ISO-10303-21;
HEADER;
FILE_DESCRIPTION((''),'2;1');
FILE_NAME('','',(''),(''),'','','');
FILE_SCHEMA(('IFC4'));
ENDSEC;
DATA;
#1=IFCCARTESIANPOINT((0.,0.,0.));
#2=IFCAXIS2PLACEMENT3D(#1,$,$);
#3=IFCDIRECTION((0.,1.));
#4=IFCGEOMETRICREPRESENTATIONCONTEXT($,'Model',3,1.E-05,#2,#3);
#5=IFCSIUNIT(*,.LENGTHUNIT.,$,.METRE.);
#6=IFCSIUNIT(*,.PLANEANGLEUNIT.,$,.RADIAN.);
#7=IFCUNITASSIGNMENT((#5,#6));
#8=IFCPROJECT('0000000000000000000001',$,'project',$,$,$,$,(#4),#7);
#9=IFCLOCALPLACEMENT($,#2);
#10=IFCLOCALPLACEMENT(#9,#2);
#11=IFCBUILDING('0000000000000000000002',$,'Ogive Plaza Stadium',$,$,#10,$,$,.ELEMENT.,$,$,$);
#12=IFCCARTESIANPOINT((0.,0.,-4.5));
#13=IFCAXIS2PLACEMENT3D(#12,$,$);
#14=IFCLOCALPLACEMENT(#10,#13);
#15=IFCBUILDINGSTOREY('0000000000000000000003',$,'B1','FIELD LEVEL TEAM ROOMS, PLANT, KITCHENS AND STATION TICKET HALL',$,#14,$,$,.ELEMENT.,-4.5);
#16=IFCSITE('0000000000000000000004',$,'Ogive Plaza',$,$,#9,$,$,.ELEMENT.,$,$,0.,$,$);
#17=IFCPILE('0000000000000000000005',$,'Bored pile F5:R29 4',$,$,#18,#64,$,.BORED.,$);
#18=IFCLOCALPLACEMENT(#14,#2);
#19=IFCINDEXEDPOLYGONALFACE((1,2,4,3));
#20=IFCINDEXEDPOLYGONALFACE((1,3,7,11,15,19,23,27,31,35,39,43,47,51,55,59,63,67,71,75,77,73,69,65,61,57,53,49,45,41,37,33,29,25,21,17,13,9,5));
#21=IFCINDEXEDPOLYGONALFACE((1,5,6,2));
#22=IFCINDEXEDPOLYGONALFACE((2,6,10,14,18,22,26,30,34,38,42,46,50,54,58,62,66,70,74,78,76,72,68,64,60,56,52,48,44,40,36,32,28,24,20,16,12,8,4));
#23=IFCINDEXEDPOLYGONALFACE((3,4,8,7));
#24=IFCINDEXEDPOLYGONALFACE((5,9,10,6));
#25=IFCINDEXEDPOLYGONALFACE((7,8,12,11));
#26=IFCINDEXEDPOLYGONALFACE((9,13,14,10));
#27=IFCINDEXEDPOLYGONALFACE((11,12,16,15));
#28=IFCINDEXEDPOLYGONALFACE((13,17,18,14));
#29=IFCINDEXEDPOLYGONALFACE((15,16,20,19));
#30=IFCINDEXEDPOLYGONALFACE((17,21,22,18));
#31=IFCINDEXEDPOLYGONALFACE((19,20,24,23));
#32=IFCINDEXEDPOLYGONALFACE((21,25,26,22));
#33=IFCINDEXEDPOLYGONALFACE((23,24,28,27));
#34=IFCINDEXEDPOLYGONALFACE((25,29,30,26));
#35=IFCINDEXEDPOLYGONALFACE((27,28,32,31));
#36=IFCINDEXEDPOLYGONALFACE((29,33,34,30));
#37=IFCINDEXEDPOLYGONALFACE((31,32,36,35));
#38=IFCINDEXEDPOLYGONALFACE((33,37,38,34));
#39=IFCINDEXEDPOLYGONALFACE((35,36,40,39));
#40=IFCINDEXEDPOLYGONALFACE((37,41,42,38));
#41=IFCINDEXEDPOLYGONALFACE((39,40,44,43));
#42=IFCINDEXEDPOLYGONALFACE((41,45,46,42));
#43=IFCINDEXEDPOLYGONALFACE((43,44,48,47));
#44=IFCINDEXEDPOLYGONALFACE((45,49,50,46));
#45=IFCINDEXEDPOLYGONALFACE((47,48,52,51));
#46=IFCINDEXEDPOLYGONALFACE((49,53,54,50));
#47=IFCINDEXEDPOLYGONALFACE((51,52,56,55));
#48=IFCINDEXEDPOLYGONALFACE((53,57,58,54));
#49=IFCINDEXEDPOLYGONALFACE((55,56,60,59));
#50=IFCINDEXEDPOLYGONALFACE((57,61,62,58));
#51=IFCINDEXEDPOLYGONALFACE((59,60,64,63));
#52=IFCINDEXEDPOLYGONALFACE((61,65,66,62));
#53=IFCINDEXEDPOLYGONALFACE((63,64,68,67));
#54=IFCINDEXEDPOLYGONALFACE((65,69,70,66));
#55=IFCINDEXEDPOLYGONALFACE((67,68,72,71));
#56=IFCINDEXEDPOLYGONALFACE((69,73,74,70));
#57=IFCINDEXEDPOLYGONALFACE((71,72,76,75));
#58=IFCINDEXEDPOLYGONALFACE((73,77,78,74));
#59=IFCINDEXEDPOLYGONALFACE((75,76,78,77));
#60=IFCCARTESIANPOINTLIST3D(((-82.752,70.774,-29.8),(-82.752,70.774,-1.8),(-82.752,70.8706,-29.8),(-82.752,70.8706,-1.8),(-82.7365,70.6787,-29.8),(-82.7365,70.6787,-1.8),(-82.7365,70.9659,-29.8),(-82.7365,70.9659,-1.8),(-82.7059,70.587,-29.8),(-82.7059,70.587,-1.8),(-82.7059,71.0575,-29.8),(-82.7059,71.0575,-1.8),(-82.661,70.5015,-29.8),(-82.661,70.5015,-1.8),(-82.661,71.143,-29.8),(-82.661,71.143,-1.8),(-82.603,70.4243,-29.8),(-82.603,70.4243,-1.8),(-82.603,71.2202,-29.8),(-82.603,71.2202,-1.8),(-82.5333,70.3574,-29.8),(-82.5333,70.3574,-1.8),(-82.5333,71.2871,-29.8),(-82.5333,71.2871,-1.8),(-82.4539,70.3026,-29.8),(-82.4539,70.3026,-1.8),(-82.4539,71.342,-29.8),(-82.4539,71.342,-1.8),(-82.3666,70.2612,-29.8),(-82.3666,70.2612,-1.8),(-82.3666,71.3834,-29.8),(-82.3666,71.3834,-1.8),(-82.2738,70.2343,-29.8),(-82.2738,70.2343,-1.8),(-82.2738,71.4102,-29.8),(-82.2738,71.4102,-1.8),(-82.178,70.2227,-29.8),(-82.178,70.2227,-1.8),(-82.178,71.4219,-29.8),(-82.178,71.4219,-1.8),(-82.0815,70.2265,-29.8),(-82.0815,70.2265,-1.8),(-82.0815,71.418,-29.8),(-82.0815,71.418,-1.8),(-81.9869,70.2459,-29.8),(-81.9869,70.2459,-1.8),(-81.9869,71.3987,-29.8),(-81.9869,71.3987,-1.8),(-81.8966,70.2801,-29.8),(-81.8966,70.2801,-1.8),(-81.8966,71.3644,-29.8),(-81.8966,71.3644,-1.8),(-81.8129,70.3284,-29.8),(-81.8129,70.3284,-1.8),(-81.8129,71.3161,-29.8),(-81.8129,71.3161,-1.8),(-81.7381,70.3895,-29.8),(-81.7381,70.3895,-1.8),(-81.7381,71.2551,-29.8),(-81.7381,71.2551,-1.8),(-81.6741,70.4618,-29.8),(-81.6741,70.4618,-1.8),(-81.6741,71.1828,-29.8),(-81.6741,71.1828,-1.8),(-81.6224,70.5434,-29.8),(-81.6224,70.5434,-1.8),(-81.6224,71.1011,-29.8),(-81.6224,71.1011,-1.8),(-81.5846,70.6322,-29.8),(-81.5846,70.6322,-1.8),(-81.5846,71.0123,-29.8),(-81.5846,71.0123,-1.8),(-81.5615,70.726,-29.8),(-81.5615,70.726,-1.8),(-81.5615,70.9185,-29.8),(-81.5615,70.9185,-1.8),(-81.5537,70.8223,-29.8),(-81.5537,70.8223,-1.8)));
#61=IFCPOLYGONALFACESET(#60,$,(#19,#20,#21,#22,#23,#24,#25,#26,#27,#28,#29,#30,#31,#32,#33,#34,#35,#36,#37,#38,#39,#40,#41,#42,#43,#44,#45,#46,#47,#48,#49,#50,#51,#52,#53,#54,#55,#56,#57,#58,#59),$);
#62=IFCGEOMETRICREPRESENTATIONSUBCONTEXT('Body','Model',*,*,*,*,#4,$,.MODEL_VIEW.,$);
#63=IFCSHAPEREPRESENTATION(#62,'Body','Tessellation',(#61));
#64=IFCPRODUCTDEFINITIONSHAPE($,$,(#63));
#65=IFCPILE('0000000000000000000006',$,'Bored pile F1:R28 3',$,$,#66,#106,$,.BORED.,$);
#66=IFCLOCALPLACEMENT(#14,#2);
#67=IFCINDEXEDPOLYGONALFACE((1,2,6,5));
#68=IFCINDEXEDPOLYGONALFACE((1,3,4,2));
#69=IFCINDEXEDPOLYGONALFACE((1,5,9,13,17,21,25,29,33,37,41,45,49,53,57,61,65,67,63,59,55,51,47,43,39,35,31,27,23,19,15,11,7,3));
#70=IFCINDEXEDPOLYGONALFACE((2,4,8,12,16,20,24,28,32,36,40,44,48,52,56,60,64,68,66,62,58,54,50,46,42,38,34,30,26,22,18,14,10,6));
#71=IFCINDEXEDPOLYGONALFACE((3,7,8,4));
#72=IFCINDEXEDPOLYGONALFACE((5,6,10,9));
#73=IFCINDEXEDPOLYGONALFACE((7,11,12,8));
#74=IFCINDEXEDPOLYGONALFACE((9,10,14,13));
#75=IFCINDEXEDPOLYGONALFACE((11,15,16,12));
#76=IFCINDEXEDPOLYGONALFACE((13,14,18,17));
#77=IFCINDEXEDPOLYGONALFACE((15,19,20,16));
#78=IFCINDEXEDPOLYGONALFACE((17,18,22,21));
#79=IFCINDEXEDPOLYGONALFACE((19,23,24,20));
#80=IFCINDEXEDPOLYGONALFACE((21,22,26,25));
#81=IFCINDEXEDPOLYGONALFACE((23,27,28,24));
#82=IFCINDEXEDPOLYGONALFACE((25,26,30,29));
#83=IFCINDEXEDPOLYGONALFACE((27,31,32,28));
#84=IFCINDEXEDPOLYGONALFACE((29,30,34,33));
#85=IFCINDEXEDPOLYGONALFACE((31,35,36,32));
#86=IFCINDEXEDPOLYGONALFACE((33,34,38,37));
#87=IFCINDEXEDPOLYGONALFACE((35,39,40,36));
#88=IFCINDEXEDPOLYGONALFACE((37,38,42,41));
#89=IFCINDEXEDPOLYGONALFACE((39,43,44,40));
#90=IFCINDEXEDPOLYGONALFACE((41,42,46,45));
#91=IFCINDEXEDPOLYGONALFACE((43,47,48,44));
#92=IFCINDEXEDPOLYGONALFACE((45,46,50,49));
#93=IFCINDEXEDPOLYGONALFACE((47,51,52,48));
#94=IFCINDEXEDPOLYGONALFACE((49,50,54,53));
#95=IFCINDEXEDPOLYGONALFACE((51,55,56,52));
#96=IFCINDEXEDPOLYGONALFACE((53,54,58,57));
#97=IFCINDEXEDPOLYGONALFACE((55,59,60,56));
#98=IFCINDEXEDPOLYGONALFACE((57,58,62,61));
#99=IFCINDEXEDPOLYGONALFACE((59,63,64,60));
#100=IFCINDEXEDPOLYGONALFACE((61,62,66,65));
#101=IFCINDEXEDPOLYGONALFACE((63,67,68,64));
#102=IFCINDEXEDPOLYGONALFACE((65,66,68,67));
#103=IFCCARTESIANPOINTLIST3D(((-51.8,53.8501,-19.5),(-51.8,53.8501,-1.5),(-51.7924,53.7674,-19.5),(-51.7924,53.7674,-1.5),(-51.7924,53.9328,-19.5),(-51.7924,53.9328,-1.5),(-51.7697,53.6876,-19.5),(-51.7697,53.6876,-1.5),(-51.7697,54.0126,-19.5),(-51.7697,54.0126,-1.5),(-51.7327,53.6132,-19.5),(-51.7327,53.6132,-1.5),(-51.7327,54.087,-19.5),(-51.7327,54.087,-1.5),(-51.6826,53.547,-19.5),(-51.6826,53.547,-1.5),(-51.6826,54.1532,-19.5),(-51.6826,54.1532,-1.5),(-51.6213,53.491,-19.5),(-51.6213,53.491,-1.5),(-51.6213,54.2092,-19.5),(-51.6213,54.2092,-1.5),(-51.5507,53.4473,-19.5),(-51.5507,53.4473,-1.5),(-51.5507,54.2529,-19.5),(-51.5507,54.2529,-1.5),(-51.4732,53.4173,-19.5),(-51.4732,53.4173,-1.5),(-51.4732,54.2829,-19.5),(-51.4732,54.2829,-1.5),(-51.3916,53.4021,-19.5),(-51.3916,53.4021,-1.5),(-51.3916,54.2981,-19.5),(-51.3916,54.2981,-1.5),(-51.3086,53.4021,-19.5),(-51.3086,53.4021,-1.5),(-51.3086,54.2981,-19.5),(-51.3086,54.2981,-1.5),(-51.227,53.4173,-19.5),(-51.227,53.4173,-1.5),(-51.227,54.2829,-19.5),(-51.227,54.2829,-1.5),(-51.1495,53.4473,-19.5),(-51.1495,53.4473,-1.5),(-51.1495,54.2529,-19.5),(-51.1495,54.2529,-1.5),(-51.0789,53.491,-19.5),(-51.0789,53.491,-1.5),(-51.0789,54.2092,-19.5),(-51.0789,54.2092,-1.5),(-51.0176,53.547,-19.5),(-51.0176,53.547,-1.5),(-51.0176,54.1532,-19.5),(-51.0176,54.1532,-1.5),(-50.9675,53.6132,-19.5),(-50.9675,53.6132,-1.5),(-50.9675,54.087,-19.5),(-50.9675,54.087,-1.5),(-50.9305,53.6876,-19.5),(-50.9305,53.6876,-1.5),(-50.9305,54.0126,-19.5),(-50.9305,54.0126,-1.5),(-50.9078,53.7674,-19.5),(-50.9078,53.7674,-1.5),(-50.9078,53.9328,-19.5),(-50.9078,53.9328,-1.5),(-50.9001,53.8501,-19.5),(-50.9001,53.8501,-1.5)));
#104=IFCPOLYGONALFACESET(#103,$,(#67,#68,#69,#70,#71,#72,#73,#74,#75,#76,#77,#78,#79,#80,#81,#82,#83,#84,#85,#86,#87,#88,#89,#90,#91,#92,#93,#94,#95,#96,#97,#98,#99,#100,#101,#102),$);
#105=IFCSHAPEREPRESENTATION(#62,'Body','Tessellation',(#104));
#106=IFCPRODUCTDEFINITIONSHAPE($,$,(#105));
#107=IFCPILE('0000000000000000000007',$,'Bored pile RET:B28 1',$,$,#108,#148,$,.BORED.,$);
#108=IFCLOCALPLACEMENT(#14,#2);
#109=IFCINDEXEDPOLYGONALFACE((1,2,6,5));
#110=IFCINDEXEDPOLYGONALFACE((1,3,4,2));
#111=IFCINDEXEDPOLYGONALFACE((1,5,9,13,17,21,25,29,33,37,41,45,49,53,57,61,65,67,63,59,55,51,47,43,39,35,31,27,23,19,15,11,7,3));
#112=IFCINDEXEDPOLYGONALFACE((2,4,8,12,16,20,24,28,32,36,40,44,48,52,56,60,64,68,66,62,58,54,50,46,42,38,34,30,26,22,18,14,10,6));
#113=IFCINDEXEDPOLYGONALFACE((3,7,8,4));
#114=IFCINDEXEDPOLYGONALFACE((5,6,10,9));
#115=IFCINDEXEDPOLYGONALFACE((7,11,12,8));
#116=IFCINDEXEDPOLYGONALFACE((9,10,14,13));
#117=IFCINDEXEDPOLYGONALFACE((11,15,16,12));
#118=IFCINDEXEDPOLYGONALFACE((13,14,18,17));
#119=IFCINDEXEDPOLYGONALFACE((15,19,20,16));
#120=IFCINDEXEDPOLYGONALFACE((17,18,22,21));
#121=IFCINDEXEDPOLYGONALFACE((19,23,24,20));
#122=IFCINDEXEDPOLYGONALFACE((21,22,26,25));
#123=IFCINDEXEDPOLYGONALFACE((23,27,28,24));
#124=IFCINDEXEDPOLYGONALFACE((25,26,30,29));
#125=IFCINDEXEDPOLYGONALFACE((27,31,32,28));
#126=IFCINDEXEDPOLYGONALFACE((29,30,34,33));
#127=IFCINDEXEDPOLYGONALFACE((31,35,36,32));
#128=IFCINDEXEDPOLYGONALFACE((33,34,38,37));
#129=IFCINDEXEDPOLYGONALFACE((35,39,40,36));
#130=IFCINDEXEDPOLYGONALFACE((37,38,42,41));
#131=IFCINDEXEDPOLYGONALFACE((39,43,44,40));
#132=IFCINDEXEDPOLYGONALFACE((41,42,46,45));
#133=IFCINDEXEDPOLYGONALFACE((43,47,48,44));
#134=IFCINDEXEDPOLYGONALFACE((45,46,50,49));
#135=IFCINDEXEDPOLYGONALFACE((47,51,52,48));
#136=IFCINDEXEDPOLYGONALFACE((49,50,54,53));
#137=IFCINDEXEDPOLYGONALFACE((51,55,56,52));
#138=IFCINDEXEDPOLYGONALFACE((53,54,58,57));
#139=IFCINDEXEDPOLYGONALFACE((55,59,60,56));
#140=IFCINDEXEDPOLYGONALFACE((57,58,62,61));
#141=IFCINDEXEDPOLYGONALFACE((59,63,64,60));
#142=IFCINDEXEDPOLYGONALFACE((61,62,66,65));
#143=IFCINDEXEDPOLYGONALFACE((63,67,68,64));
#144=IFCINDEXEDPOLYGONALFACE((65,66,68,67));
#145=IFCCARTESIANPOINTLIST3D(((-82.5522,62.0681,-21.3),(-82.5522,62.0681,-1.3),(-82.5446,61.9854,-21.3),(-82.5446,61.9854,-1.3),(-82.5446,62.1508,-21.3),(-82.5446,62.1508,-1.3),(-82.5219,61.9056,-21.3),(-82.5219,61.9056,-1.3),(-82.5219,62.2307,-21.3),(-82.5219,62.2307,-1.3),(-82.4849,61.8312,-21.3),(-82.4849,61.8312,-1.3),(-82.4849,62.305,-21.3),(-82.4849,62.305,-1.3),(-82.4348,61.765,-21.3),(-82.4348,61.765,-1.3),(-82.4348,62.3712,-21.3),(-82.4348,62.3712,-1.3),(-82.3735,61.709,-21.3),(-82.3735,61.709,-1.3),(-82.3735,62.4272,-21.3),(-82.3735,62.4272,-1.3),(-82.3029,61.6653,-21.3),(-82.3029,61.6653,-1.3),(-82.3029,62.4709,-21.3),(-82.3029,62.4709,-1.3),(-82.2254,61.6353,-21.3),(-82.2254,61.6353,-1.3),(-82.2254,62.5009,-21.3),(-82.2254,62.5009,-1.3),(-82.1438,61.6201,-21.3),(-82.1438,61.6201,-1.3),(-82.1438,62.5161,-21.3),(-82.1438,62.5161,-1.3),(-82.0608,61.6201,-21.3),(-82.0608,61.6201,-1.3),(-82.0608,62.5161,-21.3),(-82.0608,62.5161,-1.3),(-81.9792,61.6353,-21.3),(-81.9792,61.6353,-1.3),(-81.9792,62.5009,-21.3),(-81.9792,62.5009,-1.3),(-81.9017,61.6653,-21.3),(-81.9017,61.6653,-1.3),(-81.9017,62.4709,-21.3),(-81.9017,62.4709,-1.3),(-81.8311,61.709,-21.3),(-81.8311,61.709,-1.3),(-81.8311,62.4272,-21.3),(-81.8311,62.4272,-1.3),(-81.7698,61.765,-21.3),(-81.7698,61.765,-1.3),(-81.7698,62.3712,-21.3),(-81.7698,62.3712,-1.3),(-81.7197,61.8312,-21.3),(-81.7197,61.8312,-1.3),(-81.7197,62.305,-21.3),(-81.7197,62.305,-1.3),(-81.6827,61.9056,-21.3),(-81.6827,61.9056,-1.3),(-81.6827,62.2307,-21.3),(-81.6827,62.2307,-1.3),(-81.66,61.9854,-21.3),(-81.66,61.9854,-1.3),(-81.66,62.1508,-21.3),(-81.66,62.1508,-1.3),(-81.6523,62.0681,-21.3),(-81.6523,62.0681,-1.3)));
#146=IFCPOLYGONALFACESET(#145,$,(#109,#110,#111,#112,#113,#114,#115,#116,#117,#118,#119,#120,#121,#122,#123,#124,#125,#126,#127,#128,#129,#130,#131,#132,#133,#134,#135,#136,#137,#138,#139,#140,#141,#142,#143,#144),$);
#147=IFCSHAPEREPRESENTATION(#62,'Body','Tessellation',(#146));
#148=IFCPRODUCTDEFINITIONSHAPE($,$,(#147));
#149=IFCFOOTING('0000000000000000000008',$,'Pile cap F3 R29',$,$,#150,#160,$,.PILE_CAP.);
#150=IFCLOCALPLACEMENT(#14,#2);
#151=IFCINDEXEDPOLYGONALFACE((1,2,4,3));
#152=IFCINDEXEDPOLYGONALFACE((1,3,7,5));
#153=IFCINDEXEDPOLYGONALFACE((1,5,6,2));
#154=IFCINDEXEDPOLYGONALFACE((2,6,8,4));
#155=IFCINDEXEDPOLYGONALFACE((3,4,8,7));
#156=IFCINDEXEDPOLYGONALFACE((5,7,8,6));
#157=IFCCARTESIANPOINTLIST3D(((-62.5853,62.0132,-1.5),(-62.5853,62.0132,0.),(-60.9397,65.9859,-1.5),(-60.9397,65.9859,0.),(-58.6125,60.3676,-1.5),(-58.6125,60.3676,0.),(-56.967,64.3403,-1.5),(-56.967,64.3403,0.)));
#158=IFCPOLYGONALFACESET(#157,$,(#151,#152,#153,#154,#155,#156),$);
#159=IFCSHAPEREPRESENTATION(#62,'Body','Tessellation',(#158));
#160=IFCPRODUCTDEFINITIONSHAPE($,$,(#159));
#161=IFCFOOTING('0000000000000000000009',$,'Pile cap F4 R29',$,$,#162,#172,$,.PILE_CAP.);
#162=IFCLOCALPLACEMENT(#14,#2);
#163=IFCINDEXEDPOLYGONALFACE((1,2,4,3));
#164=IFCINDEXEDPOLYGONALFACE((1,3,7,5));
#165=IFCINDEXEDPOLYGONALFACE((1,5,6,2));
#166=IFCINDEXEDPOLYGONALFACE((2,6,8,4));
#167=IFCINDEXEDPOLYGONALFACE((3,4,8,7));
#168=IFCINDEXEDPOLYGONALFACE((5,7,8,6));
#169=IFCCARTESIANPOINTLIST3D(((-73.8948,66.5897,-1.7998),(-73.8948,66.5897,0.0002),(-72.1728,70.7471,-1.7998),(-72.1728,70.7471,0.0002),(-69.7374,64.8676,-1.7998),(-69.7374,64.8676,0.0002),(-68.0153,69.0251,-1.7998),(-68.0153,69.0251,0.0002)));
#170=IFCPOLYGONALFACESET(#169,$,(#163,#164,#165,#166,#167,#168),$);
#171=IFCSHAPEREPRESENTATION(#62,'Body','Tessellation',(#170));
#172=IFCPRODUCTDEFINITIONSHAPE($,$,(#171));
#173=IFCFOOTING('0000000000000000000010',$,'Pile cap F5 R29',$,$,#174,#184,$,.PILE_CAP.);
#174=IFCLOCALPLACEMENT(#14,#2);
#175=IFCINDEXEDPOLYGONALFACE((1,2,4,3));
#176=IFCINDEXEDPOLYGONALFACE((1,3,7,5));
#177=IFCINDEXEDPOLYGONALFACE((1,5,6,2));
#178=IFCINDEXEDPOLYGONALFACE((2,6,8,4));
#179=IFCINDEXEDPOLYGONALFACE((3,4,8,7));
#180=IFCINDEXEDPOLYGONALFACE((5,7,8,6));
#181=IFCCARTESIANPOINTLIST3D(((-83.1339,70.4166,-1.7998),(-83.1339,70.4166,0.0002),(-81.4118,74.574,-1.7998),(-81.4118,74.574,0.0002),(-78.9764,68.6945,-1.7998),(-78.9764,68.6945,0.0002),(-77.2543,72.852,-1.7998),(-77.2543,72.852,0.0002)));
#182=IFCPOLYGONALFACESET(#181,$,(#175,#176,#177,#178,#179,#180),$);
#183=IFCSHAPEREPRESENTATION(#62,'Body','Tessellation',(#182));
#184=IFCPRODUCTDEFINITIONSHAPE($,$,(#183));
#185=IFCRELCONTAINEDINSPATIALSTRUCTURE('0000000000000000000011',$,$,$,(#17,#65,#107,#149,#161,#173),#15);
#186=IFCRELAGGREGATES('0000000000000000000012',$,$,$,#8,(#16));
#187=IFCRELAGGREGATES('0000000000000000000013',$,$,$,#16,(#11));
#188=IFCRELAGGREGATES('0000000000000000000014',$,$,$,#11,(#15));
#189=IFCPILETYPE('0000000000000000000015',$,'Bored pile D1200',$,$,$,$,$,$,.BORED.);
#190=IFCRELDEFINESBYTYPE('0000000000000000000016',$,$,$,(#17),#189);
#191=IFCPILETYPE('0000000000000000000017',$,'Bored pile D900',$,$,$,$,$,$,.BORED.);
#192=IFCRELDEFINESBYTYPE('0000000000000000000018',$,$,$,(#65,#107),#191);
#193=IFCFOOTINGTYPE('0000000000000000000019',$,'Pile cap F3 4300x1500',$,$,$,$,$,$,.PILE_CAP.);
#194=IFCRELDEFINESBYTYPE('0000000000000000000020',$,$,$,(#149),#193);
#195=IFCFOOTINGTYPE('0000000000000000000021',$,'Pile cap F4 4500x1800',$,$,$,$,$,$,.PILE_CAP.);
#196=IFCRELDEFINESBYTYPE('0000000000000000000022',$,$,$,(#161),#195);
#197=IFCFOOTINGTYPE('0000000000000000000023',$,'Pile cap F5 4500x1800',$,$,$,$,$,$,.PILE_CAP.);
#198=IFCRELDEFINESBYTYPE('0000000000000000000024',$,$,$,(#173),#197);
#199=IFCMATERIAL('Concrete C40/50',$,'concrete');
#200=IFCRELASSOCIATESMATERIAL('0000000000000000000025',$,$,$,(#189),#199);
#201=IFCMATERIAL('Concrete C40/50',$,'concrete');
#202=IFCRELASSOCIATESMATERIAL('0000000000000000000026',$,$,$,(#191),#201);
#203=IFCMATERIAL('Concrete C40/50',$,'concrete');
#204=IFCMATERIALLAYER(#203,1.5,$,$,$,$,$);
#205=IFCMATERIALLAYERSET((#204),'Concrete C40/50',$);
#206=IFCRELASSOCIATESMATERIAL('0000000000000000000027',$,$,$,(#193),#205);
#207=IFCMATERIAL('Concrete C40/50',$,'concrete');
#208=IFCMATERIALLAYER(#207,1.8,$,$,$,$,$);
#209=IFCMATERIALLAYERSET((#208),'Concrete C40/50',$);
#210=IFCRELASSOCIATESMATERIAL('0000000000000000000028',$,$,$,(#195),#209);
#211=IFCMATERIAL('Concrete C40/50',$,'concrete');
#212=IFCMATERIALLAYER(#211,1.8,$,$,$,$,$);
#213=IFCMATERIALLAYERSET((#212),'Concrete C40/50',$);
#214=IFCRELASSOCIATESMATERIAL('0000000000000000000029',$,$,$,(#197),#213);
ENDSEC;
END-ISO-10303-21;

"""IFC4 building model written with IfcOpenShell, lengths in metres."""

from ifc_helpers import new_model, si_unit, direction, frame, origin, origin_2d, place, context, subcontext, project, spatial, rectangle, circle, extrude, material, layer, layer_set, material_profile, profile_set, type_object, element, save


model = new_model("IFC4")

# Units and contexts
model_context = context("Model", 3, precision=1e-05, world=origin(), true_north=direction((0.0, 1.0)))
body_context = subcontext(model_context, "Body", "Model", "MODEL_VIEW")
ifc_project = project(units=[si_unit("LENGTHUNIT", "METRE"), si_unit("PLANEANGLEUNIT", "RADIAN")], contexts=[model_context])

# Site, building, storey
site_placement = place(None, origin())
site = spatial("IfcSite", under=ifc_project, at=site_placement, Name="Ogive Plaza", CompositionType="ELEMENT", RefElevation=0.0)
building_placement = place(site_placement, origin())
building = spatial("IfcBuilding", under=site, at=building_placement, Name="Ogive Plaza Stadium", CompositionType="ELEMENT")
storey_placement = place(building_placement, frame((0.0, 0.0, -4.5)))
storey = spatial("IfcBuildingStorey", under=building, at=storey_placement, Name="B1", Description="FIELD LEVEL TEAM ROOMS, PLANT, KITCHENS AND STATION TICKET HALL", CompositionType="ELEMENT", Elevation=-4.5)

# Piles
ifc_material_1 = material(Name="Concrete C40/50", Category="concrete")
ifc_material_profile_1 = material_profile(ifc_material_1, circle(Radius=0.6001, at=origin_2d()), Name="RC D1200")
ifc_profile_set_1 = profile_set([ifc_material_profile_1], Name="Concrete C40/50")
pile_type_1 = type_object("IfcPileType", Name="Bored pile D1200", PredefinedType="BORED", material=ifc_profile_set_1)
for number, where, z_axis, x_axis, name in (
    (1, (-82.1538, 70.8223, -1.8), (0.0, 0.0, -1.0), (1.0, 0.0, 0.0), "Bored pile F5:R29 4"),
):
    element("IfcPile", number, at=place(storey_placement, frame(where, z_axis=z_axis, x_axis=x_axis)), inside=storey, type_object=pile_type_1, Name=name, PredefinedType="BORED", context=body_context, shape_type="SweptSolid", body=[
        extrude(circle(Radius=0.6001, at=origin_2d()), origin(), (0.0, 0.0, 1.0), 28.0),
    ])
ifc_material_2 = material(Name="Concrete C40/50", Category="concrete")
ifc_material_profile_2 = material_profile(ifc_material_2, circle(Radius=0.45, at=origin_2d()), Name="RC D900")
ifc_profile_set_2 = profile_set([ifc_material_profile_2], Name="Concrete C40/50")
pile_type_2 = type_object("IfcPileType", Name="Bored pile D900", PredefinedType="BORED", material=ifc_profile_set_2)
pile_1_placement = place(storey_placement, frame((-51.3501, 53.8501, -1.5), z_axis=(0.0, 0.0, -1.0), x_axis=(1.0, 0.0, 0.0)))
element("IfcPile", 2, at=pile_1_placement, inside=storey, type_object=pile_type_2, Name="Bored pile F1:R28 3", PredefinedType="BORED", context=body_context, shape_type="SweptSolid", body=[
    extrude(circle(Radius=0.45, at=origin_2d()), origin(), (0.0, 0.0, 1.0), 18.0),
])
pile_2_placement = place(storey_placement, frame((-82.1023, 62.0681, -1.3), z_axis=(0.0, 0.0, -1.0), x_axis=(1.0, 0.0, 0.0)))
element("IfcPile", 3, at=pile_2_placement, inside=storey, type_object=pile_type_2, Name="Bored pile RET:B28 1", PredefinedType="BORED", context=body_context, shape_type="SweptSolid", body=[
    extrude(circle(Radius=0.45, at=origin_2d()), origin(), (0.0, 0.0, 1.0), 20.0),
])

# Footings
ifc_material_3 = material(Name="Concrete C40/50", Category="concrete")
ifc_layer_1 = layer(ifc_material_3, 1.5)
ifc_layer_set_1 = layer_set([ifc_layer_1], Name="Concrete C40/50")
footing_type_1 = type_object("IfcFootingType", Name="Pile cap F3 4300x1500", PredefinedType="PILE_CAP", material=ifc_layer_set_1)
footing_1_placement = place(storey_placement, frame((-59.7761, 63.1768, -1.5), z_axis=(0.0, 0.0, 1.0), x_axis=(-0.92388, 0.382683, 0.0)))
element("IfcFooting", 4, at=footing_1_placement, inside=storey, type_object=footing_type_1, Name="Pile cap F3 R29", PredefinedType="PILE_CAP", context=body_context, shape_type="SweptSolid", body=[
    extrude(rectangle(XDim=4.3, YDim=4.3, at=origin_2d()), origin(), (0.0, 0.0, 1.0), 1.5),
])
ifc_material_4 = material(Name="Concrete C40/50", Category="concrete")
ifc_layer_2 = layer(ifc_material_4, 1.8)
ifc_layer_set_2 = layer_set([ifc_layer_2], Name="Concrete C40/50")
footing_type_2 = type_object("IfcFootingType", Name="Pile cap F4 4500x1800", PredefinedType="PILE_CAP", material=ifc_layer_set_2)
footing_2_placement = place(storey_placement, frame((-70.9551, 67.8074, -1.7998), z_axis=(0.0, 0.0, 1.0), x_axis=(-0.92388, 0.382683, 0.0)))
element("IfcFooting", 5, at=footing_2_placement, inside=storey, type_object=footing_type_2, Name="Pile cap F4 R29", PredefinedType="PILE_CAP", context=body_context, shape_type="SweptSolid", body=[
    extrude(rectangle(XDim=4.5, YDim=4.5, at=origin_2d()), origin(), (0.0, 0.0, 1.0), 1.8),
])
ifc_material_5 = material(Name="Concrete C40/50", Category="concrete")
ifc_layer_3 = layer(ifc_material_5, 1.8)
ifc_layer_set_3 = layer_set([ifc_layer_3], Name="Concrete C40/50")
footing_type_3 = type_object("IfcFootingType", Name="Pile cap F5 4500x1800", PredefinedType="PILE_CAP", material=ifc_layer_set_3)
footing_3_placement = place(storey_placement, frame((-80.1941, 71.6343, -1.7998), z_axis=(0.0, 0.0, 1.0), x_axis=(-0.92388, 0.382683, 0.0)))
element("IfcFooting", 6, at=footing_3_placement, inside=storey, type_object=footing_type_3, Name="Pile cap F5 R29", PredefinedType="PILE_CAP", context=body_context, shape_type="SweptSolid", body=[
    extrude(rectangle(XDim=4.5, YDim=4.5, at=origin_2d()), origin(), (0.0, 0.0, 1.0), 1.8),
])

save(model, "model.ifc")
